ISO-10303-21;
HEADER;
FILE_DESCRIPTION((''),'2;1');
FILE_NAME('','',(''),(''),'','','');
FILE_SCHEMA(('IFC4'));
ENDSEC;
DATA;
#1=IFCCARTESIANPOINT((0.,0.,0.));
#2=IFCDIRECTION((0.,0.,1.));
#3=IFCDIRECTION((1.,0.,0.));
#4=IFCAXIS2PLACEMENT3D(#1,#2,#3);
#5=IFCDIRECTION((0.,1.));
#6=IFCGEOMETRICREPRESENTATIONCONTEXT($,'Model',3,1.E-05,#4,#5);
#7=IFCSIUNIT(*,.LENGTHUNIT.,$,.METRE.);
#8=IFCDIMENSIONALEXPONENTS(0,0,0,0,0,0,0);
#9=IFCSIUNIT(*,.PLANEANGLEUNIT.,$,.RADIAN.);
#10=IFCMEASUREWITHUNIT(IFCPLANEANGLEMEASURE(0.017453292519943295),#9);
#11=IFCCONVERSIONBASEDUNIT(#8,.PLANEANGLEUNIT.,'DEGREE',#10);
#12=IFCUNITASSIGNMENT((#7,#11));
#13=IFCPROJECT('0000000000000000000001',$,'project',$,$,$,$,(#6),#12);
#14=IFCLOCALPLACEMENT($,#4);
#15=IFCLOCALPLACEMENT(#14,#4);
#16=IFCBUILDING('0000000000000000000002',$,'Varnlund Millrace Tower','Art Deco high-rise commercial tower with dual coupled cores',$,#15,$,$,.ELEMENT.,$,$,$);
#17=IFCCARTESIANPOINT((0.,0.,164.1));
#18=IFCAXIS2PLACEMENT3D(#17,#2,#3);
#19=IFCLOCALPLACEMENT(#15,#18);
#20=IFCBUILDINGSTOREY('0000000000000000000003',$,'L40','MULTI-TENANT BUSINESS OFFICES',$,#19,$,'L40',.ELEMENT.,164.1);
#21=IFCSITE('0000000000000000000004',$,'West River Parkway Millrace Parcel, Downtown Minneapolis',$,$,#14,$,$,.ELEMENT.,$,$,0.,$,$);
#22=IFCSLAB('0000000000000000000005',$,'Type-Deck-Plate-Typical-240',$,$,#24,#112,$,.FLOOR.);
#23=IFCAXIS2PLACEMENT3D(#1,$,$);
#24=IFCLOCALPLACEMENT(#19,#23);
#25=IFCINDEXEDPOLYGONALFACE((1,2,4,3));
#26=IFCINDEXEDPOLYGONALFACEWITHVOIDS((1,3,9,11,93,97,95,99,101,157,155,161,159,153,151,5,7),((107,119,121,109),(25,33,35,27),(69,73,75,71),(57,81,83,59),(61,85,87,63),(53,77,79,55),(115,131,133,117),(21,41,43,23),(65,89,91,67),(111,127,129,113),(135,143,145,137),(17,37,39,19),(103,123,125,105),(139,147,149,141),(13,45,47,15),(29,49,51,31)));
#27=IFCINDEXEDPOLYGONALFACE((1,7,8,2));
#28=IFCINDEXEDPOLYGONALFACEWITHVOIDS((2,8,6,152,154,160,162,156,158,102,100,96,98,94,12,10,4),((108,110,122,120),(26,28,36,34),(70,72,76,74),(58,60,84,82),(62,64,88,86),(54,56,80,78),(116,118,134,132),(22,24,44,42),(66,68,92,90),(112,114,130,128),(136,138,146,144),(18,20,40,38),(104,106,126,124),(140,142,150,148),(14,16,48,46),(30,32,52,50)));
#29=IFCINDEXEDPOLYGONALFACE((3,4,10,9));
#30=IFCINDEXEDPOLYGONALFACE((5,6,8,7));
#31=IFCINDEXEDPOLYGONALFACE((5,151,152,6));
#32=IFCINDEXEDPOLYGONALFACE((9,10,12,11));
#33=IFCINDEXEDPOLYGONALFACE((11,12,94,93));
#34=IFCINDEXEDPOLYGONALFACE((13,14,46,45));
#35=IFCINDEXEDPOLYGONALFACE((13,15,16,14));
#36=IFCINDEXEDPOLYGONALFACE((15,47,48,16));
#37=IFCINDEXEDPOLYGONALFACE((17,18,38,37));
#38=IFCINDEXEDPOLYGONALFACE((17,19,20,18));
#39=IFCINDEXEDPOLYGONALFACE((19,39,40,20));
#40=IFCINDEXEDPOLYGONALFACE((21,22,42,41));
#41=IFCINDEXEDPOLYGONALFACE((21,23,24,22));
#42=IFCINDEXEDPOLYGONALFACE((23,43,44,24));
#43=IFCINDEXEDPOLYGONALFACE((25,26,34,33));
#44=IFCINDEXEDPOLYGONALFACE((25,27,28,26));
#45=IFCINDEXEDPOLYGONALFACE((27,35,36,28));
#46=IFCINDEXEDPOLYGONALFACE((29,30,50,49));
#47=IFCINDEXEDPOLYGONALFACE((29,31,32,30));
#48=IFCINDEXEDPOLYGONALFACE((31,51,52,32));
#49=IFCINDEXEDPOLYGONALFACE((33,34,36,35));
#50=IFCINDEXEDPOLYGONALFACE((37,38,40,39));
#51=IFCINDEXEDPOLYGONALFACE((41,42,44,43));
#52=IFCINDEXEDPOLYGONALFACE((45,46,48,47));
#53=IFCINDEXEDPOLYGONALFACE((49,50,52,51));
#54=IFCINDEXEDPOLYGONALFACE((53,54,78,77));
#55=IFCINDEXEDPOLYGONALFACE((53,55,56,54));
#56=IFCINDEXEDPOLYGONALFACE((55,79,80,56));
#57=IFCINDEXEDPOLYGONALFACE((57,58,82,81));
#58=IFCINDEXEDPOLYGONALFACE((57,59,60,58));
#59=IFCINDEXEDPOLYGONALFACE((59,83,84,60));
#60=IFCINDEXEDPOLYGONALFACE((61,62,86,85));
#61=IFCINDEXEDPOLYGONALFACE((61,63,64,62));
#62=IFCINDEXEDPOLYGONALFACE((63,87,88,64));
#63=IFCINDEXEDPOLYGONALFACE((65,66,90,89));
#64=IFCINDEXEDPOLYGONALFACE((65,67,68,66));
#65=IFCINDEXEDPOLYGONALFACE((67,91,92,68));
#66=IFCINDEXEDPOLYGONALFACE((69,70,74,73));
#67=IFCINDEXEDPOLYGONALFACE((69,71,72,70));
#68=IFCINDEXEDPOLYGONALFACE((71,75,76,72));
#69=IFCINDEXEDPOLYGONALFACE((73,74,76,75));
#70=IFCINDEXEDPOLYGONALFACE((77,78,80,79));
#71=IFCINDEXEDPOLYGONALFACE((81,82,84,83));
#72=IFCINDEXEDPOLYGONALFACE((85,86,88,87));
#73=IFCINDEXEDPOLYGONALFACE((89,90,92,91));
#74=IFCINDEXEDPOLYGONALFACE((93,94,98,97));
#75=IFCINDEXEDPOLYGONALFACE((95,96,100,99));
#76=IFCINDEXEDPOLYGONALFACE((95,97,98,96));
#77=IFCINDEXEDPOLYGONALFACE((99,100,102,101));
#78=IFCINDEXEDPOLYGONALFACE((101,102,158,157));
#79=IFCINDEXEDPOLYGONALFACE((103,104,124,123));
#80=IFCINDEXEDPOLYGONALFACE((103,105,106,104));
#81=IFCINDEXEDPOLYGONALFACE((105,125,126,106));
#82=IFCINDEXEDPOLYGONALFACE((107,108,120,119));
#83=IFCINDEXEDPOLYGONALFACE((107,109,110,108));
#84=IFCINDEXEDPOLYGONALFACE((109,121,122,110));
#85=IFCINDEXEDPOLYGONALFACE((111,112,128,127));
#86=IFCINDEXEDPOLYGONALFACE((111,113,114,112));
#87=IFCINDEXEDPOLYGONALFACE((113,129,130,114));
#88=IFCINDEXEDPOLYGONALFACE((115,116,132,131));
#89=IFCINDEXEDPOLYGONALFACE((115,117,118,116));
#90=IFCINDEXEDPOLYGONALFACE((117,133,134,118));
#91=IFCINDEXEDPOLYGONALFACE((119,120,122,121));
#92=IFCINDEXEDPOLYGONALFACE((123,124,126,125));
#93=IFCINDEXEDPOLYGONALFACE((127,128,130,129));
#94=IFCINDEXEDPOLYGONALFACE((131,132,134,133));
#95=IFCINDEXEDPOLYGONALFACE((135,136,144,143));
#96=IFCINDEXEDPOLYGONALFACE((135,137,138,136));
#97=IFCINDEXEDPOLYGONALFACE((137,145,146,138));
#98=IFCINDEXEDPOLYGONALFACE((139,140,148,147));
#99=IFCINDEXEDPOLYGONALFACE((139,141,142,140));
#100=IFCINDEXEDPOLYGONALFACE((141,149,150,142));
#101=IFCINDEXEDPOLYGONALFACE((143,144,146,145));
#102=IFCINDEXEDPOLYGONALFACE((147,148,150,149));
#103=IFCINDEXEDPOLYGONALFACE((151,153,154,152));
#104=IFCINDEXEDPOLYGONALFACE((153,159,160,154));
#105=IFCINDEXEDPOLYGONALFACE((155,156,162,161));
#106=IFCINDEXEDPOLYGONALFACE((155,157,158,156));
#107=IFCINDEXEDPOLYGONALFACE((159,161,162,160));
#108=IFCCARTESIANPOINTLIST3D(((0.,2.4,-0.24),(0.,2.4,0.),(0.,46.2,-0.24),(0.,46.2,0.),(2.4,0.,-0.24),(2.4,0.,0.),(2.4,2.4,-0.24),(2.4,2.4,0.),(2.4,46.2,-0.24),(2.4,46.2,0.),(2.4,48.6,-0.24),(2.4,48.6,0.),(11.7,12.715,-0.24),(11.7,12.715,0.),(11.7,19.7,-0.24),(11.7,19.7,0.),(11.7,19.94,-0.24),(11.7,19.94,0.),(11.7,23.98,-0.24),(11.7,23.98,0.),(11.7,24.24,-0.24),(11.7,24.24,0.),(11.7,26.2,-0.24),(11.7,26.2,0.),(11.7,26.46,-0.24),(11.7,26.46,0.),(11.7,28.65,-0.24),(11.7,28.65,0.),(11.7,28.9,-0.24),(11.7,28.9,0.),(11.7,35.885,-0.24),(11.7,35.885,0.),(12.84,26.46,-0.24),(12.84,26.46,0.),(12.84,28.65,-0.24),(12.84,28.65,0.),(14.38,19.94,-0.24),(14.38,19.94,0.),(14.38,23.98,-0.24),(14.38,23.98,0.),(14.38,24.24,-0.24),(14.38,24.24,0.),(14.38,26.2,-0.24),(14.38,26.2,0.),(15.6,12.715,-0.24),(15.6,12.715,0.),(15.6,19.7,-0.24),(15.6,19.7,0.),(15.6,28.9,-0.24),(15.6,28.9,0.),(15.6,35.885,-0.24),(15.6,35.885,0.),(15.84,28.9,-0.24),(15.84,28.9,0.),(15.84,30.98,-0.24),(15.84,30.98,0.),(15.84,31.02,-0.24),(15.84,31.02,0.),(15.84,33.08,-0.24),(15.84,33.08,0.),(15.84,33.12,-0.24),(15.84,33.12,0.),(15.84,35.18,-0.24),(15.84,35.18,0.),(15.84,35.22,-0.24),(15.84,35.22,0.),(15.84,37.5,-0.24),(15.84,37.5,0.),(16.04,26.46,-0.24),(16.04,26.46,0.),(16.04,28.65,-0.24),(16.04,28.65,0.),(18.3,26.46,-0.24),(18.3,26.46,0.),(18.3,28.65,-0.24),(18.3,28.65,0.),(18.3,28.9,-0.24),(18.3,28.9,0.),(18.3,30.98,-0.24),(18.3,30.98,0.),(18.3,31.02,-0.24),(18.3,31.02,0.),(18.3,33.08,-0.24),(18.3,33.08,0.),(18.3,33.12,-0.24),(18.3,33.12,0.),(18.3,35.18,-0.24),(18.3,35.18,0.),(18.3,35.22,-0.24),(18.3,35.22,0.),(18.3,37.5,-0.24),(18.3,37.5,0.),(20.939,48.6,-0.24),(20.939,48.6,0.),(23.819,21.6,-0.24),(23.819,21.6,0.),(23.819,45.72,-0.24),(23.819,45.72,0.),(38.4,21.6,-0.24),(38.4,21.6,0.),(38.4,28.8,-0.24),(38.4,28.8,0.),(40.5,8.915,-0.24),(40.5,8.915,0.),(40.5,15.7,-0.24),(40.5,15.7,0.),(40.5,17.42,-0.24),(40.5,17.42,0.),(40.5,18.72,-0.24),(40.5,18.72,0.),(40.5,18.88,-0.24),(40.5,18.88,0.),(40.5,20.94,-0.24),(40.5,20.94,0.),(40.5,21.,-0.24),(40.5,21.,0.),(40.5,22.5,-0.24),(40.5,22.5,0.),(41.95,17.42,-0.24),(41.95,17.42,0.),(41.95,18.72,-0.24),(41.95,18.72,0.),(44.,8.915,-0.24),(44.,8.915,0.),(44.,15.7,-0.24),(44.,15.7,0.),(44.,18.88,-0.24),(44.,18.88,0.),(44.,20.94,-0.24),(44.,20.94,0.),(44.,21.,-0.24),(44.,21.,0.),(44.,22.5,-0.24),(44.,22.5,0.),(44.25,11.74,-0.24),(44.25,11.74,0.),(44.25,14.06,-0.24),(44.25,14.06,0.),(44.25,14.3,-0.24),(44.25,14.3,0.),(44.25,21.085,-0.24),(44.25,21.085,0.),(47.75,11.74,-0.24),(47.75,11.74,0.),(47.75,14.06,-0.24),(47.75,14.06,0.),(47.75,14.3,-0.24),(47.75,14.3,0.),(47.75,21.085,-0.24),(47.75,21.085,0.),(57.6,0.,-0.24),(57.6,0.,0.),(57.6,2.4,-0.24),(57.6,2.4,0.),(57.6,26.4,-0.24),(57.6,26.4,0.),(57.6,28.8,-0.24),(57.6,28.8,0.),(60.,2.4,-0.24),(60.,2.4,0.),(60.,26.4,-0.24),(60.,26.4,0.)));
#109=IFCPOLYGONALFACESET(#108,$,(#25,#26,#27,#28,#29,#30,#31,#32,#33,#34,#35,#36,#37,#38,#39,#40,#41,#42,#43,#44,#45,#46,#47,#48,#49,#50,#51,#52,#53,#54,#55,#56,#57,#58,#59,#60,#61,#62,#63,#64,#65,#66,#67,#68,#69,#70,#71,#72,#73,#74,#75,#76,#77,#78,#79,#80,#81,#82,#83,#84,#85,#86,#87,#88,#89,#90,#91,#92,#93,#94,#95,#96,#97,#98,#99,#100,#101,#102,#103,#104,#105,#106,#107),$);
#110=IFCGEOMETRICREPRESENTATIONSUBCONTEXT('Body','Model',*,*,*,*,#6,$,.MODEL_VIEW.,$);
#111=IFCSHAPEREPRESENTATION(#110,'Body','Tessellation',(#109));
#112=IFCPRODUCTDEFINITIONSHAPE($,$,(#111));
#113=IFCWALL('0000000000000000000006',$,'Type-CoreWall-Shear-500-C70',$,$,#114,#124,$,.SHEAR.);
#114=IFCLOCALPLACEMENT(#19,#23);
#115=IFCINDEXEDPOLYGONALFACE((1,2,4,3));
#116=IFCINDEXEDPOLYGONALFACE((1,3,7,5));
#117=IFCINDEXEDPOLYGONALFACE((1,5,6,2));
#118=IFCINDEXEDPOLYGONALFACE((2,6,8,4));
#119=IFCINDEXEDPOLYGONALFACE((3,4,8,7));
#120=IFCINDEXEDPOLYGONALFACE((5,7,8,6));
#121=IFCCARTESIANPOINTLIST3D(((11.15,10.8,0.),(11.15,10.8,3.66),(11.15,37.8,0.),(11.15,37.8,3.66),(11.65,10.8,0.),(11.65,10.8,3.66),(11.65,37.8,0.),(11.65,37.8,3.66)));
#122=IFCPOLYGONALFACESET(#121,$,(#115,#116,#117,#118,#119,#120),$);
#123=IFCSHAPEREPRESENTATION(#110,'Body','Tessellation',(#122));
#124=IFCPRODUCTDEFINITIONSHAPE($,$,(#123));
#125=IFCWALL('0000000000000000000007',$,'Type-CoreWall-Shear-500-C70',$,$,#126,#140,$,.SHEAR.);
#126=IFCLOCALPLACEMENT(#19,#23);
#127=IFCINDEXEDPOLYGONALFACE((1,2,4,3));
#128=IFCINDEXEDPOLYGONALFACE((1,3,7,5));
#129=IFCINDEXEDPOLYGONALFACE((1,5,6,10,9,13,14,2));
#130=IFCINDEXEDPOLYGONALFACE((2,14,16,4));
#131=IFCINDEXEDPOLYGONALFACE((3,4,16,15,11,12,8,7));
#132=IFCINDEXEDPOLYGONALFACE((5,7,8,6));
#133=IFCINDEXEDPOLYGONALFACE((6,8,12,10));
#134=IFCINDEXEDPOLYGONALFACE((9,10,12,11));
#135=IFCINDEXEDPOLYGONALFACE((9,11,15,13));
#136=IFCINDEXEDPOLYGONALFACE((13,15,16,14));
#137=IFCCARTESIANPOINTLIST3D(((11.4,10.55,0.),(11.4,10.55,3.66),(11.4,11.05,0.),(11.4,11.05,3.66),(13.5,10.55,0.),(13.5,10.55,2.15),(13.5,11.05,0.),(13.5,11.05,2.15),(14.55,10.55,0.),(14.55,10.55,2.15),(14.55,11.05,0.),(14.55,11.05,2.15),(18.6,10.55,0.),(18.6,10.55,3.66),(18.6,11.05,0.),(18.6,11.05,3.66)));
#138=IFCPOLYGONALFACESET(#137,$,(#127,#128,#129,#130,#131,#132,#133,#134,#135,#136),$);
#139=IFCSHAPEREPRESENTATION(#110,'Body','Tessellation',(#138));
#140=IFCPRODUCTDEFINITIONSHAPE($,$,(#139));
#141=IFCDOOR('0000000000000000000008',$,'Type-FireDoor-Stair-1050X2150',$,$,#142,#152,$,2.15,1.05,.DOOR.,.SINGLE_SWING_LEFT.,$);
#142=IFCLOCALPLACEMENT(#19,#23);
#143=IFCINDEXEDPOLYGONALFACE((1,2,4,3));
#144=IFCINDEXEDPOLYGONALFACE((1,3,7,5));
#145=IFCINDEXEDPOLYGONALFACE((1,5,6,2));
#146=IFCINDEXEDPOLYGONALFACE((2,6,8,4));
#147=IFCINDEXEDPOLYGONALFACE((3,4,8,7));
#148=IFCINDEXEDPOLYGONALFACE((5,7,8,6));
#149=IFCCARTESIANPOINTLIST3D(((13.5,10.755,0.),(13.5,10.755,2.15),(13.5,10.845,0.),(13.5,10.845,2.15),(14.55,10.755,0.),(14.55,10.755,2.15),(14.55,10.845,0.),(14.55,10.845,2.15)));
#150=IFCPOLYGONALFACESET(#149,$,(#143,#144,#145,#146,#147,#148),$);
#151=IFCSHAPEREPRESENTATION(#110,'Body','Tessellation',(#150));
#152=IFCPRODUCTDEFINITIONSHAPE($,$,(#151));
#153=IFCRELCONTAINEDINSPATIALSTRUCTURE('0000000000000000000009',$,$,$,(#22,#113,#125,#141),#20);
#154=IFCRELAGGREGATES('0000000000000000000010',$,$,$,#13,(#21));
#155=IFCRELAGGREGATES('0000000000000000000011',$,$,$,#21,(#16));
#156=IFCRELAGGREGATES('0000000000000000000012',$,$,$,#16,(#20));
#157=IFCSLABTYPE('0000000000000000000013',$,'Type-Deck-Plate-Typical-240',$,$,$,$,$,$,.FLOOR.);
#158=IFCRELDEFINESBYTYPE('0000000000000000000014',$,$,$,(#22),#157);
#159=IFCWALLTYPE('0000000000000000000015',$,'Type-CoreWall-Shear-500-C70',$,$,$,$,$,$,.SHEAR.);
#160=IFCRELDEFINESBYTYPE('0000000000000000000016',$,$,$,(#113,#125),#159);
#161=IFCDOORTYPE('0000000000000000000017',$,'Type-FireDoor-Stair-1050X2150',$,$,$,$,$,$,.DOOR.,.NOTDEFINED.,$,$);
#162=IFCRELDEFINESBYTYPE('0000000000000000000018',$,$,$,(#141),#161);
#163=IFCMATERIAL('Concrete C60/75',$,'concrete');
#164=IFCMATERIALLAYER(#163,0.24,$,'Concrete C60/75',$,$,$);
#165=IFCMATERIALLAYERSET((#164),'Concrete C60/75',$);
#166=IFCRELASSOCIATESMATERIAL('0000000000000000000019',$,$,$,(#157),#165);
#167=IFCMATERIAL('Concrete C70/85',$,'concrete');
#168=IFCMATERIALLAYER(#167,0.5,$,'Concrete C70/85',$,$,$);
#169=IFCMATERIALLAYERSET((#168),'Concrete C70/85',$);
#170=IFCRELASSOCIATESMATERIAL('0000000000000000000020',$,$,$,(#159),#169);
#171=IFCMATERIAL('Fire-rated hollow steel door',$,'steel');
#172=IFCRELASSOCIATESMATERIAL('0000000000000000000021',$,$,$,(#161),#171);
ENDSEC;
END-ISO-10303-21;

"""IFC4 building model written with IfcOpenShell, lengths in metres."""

from ifc_helpers import new_model, entity, si_unit, converted_unit, direction, frame, origin_with_axes, origin_2d_with_axis, place, context, subcontext, project, spatial, polyline, rectangle, outline, extrude, material, layer, layer_set, type_object, element, fill, save


model = new_model("IFC4")

# Units and contexts
model_context = context("Model", 3, precision=1e-05, world=origin_with_axes(), true_north=direction((0.0, 1.0)))
body_context = subcontext(model_context, "Body", "Model", "MODEL_VIEW")
ifc_project = project(units=[si_unit("LENGTHUNIT", "METRE"), converted_unit("PLANEANGLEUNIT", "DEGREE", entity("IfcPlaneAngleMeasure", 0.017453292519943295), si_unit("PLANEANGLEUNIT", "RADIAN"), dimensions=[0, 0, 0, 0, 0, 0, 0])], contexts=[model_context])

# Site, building, storey
site_placement = place(None, origin_with_axes())
site = spatial("IfcSite", under=ifc_project, at=site_placement, Name="West River Parkway Millrace Parcel, Downtown Minneapolis", CompositionType="ELEMENT", RefElevation=0.0)
building_placement = place(site_placement, origin_with_axes())
building = spatial("IfcBuilding", under=site, at=building_placement, Name="Varnlund Millrace Tower", Description="Art Deco high-rise commercial tower with dual coupled cores", CompositionType="ELEMENT")
storey_placement = place(building_placement, frame((0.0, 0.0, 164.1), z_axis=(0.0, 0.0, 1.0), x_axis=(1.0, 0.0, 0.0)))
storey = spatial("IfcBuildingStorey", under=building, at=storey_placement, Name="L40", Description="MULTI-TENANT BUSINESS OFFICES", LongName="L40", CompositionType="ELEMENT", Elevation=164.1)

# Slab
ifc_material_1 = material(Name="Concrete C60/75", Category="concrete")
ifc_layer_1 = layer(ifc_material_1, 0.24, Name="Concrete C60/75")
ifc_layer_set_1 = layer_set([ifc_layer_1], Name="Concrete C60/75")
slab_type = type_object("IfcSlabType", Name="Type-Deck-Plate-Typical-240", PredefinedType="FLOOR", material=ifc_layer_set_1)
slab_placement = place(storey_placement, frame((0.0, 0.0, -0.24), z_axis=(0.0, 0.0, 1.0), x_axis=(1.0, 0.0, 0.0)))
element("IfcSlab", 1, at=slab_placement, inside=storey, type_object=slab_type, Name="Type-Deck-Plate-Typical-240", PredefinedType="FLOOR", context=body_context, shape_type="SweptSolid", body=[
    extrude(outline(polyline([(23.819, 21.6), (23.819, 45.72), (20.939, 48.6), (2.4, 48.6), (2.4, 46.2), (0.0, 46.2), (0.0, 2.4), (2.4, 2.4), (2.4, 0.0), (57.6, 0.0), (57.6, 2.4), (60.0, 2.4), (60.0, 26.4), (57.6, 26.4), (57.6, 28.8), (38.4, 28.8), (38.4, 21.6), (23.819, 21.6)]), holes=[polyline([(15.6, 12.715), (11.7, 12.715), (11.7, 19.7), (15.6, 19.7), (15.6, 12.715)]), polyline([(14.38, 23.98), (14.38, 19.94), (11.7, 19.94), (11.7, 23.98), (14.38, 23.98)]), polyline([(14.38, 24.24), (11.7, 24.24), (11.7, 26.2), (14.38, 26.2), (14.38, 24.24)]), polyline([(12.84, 26.46), (11.7, 26.46), (11.7, 28.65), (12.84, 28.65), (12.84, 26.46)]), polyline([(18.3, 28.9), (15.84, 28.9), (15.84, 30.98), (18.3, 30.98), (18.3, 28.9)]), polyline([(18.3, 31.02), (15.84, 31.02), (15.84, 33.08), (18.3, 33.08), (18.3, 31.02)]), polyline([(15.6, 28.9), (11.7, 28.9), (11.7, 35.885), (15.6, 35.885), (15.6, 28.9)]), polyline([(18.3, 33.12), (15.84, 33.12), (15.84, 35.18), (18.3, 35.18), (18.3, 33.12)]), polyline([(44.0, 8.915), (40.5, 8.915), (40.5, 15.7), (44.0, 15.7), (44.0, 8.915)]), polyline([(47.75, 11.74), (44.25, 11.74), (44.25, 14.06), (47.75, 14.06), (47.75, 11.74)]), polyline([(47.75, 14.3), (44.25, 14.3), (44.25, 21.085), (47.75, 21.085), (47.75, 14.3)]), polyline([(41.95, 17.42), (40.5, 17.42), (40.5, 18.72), (41.95, 18.72), (41.95, 17.42)]), polyline([(44.0, 18.88), (40.5, 18.88), (40.5, 20.94), (44.0, 20.94), (44.0, 18.88)]), polyline([(44.0, 21.0), (40.5, 21.0), (40.5, 22.5), (44.0, 22.5), (44.0, 21.0)]), polyline([(16.04, 26.46), (16.04, 28.65), (18.3, 28.65), (18.3, 26.46), (16.04, 26.46)]), polyline([(15.84, 35.22), (15.84, 37.5), (18.3, 37.5), (18.3, 35.22), (15.84, 35.22)])]), origin_with_axes(), (0.0, 0.0, 1.0), 0.24),
])

# Wall
ifc_material_2 = material(Name="Concrete C70/85", Category="concrete")
ifc_layer_2 = layer(ifc_material_2, 0.5, Name="Concrete C70/85")
ifc_layer_set_2 = layer_set([ifc_layer_2], Name="Concrete C70/85")
wall_type_1 = type_object("IfcWallType", Name="Type-CoreWall-Shear-500-C70", PredefinedType="SHEAR", material=ifc_layer_set_2)
wall_1_placement = place(storey_placement, frame((11.4, 10.8, 0.0), z_axis=(0.0, 0.0, 1.0), x_axis=(0.0, 1.0, 0.0)))
element("IfcWall", 2, at=wall_1_placement, inside=storey, type_object=wall_type_1, Name="Type-CoreWall-Shear-500-C70", PredefinedType="SHEAR", context=body_context, shape_type="SweptSolid", body=[
    extrude(outline(polyline([(0.0, -0.25), (27.0, -0.25), (27.0, 0.25), (0.0, 0.25), (0.0, -0.25)])), origin_with_axes(), (0.0, 0.0, 1.0), 3.66),
])

# Wall, opening, door
wall_2_placement = place(storey_placement, frame((11.4, 10.8, 0.0), z_axis=(0.0, 0.0, 1.0), x_axis=(1.0, 0.0, 0.0)))
wall_2 = element("IfcWall", 3, at=wall_2_placement, inside=storey, type_object=wall_type_1, Name="Type-CoreWall-Shear-500-C70", PredefinedType="SHEAR", context=body_context, shape_type="SweptSolid", body=[
    extrude(outline(polyline([(0.0, -0.25), (7.2, -0.25), (7.2, 0.25), (0.0, 0.25), (0.0, -0.25)])), origin_with_axes(), (0.0, 0.0, 1.0), 3.66),
])
opening_1_placement = place(wall_2_placement, frame((2.625, 0.0, 0.0), z_axis=(0.0, 0.0, 1.0), x_axis=(1.0, 0.0, 0.0)))
opening_1 = element("IfcOpeningElement", 4, at=opening_1_placement, cuts=wall_2, PredefinedType="OPENING", context=body_context, shape_type="SweptSolid", body=[
    extrude(rectangle(XDim=1.05, YDim=0.52, at=origin_2d_with_axis()), origin_with_axes(), (0.0, 0.0, 1.0), 2.15),
])
ifc_material_3 = material(Name="Fire-rated hollow steel door", Category="steel")
door_type_1 = type_object("IfcDoorType", Name="Type-FireDoor-Stair-1050X2150", OperationType="NOTDEFINED", PredefinedType="DOOR", material=ifc_material_3)
door_1_placement = place(wall_2_placement, frame((2.625, 0.0, 0.0), z_axis=(0.0, 0.0, 1.0), x_axis=(1.0, 0.0, 0.0)))
door_1 = element("IfcDoor", 5, at=door_1_placement, inside=storey, type_object=door_type_1, Name="Type-FireDoor-Stair-1050X2150", OperationType="SINGLE_SWING_LEFT", OverallHeight=2.15, OverallWidth=1.05, PredefinedType="DOOR", context=body_context, shape_type="SweptSolid", body=[
    extrude(rectangle(XDim=1.05, YDim=0.09, at=origin_2d_with_axis()), origin_with_axes(), (0.0, 0.0, 1.0), 2.15),
])
fill(opening_1, door_1)

save(model, "model.ifc")
